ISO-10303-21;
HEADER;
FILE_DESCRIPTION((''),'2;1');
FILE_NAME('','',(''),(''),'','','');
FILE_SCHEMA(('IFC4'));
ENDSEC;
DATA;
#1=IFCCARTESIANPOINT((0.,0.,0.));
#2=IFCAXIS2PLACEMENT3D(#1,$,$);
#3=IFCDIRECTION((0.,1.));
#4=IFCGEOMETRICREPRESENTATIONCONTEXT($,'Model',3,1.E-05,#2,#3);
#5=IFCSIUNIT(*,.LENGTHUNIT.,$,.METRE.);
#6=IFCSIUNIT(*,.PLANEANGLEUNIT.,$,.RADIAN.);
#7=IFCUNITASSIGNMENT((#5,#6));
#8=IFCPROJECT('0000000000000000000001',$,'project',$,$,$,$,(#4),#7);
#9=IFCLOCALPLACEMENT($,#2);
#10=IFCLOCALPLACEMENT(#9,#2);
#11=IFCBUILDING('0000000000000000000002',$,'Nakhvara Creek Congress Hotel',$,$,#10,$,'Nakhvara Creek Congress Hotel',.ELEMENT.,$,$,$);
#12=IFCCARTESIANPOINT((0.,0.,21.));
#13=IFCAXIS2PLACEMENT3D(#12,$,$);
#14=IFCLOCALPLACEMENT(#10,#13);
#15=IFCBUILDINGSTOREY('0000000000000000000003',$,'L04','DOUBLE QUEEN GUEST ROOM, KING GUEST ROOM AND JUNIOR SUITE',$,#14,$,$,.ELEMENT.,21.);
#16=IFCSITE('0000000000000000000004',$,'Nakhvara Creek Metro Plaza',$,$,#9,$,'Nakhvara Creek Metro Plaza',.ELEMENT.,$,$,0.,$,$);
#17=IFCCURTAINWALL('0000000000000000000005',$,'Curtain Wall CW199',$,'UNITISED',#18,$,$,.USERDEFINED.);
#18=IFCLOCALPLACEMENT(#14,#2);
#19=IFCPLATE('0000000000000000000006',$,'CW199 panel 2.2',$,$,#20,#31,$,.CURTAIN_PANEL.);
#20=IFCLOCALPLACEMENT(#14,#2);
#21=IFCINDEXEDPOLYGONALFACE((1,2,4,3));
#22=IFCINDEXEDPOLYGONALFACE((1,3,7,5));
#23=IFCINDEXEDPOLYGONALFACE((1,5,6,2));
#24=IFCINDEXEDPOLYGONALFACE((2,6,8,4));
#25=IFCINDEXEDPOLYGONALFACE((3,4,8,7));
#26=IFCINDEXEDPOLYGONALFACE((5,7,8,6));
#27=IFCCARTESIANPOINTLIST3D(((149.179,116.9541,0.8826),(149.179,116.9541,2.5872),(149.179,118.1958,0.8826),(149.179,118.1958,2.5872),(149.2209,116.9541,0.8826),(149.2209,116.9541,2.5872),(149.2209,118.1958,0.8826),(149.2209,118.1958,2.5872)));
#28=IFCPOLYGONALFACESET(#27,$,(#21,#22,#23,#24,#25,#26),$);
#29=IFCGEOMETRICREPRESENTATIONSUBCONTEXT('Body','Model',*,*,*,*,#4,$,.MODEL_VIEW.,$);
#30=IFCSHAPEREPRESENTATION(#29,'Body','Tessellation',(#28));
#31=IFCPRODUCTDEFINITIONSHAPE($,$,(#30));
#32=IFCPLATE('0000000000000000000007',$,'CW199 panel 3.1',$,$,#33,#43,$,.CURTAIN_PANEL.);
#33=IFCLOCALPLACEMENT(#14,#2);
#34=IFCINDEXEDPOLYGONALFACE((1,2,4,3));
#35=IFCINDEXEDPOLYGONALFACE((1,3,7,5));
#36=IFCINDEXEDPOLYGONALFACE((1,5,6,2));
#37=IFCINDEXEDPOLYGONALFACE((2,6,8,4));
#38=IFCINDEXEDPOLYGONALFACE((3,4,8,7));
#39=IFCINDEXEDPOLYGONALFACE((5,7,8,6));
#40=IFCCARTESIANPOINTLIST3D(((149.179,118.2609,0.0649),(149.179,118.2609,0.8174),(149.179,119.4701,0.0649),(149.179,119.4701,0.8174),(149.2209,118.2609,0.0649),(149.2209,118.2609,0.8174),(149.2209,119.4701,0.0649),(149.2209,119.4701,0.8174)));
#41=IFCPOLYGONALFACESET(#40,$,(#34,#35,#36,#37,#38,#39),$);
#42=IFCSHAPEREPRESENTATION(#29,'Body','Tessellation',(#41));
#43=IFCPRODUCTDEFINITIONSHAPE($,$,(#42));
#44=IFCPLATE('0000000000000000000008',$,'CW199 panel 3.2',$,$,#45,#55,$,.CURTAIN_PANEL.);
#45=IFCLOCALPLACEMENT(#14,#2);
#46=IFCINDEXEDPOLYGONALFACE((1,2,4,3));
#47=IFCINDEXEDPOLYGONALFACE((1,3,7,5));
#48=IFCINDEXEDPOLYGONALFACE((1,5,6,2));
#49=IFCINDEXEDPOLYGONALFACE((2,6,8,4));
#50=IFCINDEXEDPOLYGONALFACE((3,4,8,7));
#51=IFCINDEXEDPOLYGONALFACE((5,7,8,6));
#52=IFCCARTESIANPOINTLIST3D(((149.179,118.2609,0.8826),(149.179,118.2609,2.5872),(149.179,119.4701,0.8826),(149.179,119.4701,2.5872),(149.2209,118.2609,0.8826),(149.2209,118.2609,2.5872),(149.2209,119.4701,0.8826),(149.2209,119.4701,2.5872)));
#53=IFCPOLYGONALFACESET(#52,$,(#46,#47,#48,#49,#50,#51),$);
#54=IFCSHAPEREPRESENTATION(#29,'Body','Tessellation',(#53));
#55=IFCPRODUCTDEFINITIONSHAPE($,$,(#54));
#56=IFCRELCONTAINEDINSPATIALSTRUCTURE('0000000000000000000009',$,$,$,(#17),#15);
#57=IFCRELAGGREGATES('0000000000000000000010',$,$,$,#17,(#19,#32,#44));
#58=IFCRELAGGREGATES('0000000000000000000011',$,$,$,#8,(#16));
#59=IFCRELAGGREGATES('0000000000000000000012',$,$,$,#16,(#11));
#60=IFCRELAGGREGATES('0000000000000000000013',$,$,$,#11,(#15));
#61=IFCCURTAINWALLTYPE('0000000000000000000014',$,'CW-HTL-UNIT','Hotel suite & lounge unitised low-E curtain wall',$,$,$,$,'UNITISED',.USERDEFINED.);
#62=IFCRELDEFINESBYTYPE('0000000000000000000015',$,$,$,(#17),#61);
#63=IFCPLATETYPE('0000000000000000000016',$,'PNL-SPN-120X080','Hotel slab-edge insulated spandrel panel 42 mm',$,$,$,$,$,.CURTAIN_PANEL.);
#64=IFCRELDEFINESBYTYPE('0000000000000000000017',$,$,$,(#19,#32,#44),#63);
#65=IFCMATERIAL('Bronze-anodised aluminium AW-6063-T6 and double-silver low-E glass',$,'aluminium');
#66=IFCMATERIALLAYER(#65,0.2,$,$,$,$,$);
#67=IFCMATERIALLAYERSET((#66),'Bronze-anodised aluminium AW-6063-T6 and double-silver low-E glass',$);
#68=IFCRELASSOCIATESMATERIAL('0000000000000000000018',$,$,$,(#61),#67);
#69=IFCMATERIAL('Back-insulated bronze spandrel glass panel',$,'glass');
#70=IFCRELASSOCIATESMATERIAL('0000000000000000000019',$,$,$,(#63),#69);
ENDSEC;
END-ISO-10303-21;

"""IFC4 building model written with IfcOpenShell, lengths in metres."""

from ifc_helpers import new_model, si_unit, direction, frame, origin, origin_2d, place, context, subcontext, project, spatial, rectangle, extrude, material, layer, layer_set, type_object, element, aggregate, save


model = new_model("IFC4")

# Units and contexts
model_context = context("Model", 3, precision=1e-05, world=origin(), true_north=direction((0.0, 1.0)))
body_context = subcontext(model_context, "Body", "Model", "MODEL_VIEW")
ifc_project = project(units=[si_unit("LENGTHUNIT", "METRE"), si_unit("PLANEANGLEUNIT", "RADIAN")], contexts=[model_context])

# Site, building, storey
site_placement = place(None, origin())
site = spatial("IfcSite", under=ifc_project, at=site_placement, Name="Nakhvara Creek Metro Plaza", LongName="Nakhvara Creek Metro Plaza", CompositionType="ELEMENT", RefElevation=0.0)
building_placement = place(site_placement, origin())
building = spatial("IfcBuilding", under=site, at=building_placement, Name="Nakhvara Creek Congress Hotel", LongName="Nakhvara Creek Congress Hotel", CompositionType="ELEMENT")
storey_placement = place(building_placement, frame((0.0, 0.0, 21.0)))
storey = spatial("IfcBuildingStorey", under=building, at=storey_placement, Name="L04", Description="DOUBLE QUEEN GUEST ROOM, KING GUEST ROOM AND JUNIOR SUITE", CompositionType="ELEMENT", Elevation=21.0)

# Curtain wall
ifc_material_1 = material(Name="Bronze-anodised aluminium AW-6063-T6 and double-silver low-E glass", Category="aluminium")
ifc_layer = layer(ifc_material_1, 0.2)
ifc_layer_set = layer_set([ifc_layer], Name="Bronze-anodised aluminium AW-6063-T6 and double-silver low-E glass")
curtain_wall_type = type_object("IfcCurtainWallType", Name="CW-HTL-UNIT", Description="Hotel suite & lounge unitised low-E curtain wall", ElementType="UNITISED", PredefinedType="USERDEFINED", material=ifc_layer_set)
curtain_wall_1_placement = place(storey_placement, origin())
curtain_wall_1 = element("IfcCurtainWall", 1, at=curtain_wall_1_placement, inside=storey, type_object=curtain_wall_type, Name="Curtain Wall CW199", ObjectType="UNITISED", PredefinedType="USERDEFINED")

# Plates
ifc_material_2 = material(Name="Back-insulated bronze spandrel glass panel", Category="glass")
plate_type_1 = type_object("IfcPlateType", Name="PNL-SPN-120X080", Description="Hotel slab-edge insulated spandrel panel 42 mm", PredefinedType="CURTAIN_PANEL", material=ifc_material_2)
plate_1_placement = place(storey_placement, frame((149.2, 117.575, 0.8826), z_axis=(0.0, 0.0, 1.0), x_axis=(0.0, 1.0, 0.0)))
plate_1 = element("IfcPlate", 2, at=plate_1_placement, type_object=plate_type_1, Name="CW199 panel 2.2", PredefinedType="CURTAIN_PANEL", context=body_context, shape_type="SweptSolid", body=[
    extrude(rectangle(XDim=1.2417, YDim=0.042, at=origin_2d()), origin(), (0.0, 0.0, 1.0), 1.7046),
])
plate_2_placement = place(storey_placement, frame((149.2, 118.8655, 0.0649), z_axis=(0.0, 0.0, 1.0), x_axis=(0.0, 1.0, 0.0)))
plate_2 = element("IfcPlate", 3, at=plate_2_placement, type_object=plate_type_1, Name="CW199 panel 3.1", PredefinedType="CURTAIN_PANEL", context=body_context, shape_type="SweptSolid", body=[
    extrude(rectangle(XDim=1.2092, YDim=0.042, at=origin_2d()), origin(), (0.0, 0.0, 1.0), 0.7524),
])
plate_3_placement = place(storey_placement, frame((149.2, 118.8655, 0.8826), z_axis=(0.0, 0.0, 1.0), x_axis=(0.0, 1.0, 0.0)))
plate_3 = element("IfcPlate", 4, at=plate_3_placement, type_object=plate_type_1, Name="CW199 panel 3.2", PredefinedType="CURTAIN_PANEL", context=body_context, shape_type="SweptSolid", body=[
    extrude(rectangle(XDim=1.2092, YDim=0.042, at=origin_2d()), origin(), (0.0, 0.0, 1.0), 1.7046),
])
aggregate(curtain_wall_1, [plate_1, plate_2, plate_3])

save(model, "model.ifc")
